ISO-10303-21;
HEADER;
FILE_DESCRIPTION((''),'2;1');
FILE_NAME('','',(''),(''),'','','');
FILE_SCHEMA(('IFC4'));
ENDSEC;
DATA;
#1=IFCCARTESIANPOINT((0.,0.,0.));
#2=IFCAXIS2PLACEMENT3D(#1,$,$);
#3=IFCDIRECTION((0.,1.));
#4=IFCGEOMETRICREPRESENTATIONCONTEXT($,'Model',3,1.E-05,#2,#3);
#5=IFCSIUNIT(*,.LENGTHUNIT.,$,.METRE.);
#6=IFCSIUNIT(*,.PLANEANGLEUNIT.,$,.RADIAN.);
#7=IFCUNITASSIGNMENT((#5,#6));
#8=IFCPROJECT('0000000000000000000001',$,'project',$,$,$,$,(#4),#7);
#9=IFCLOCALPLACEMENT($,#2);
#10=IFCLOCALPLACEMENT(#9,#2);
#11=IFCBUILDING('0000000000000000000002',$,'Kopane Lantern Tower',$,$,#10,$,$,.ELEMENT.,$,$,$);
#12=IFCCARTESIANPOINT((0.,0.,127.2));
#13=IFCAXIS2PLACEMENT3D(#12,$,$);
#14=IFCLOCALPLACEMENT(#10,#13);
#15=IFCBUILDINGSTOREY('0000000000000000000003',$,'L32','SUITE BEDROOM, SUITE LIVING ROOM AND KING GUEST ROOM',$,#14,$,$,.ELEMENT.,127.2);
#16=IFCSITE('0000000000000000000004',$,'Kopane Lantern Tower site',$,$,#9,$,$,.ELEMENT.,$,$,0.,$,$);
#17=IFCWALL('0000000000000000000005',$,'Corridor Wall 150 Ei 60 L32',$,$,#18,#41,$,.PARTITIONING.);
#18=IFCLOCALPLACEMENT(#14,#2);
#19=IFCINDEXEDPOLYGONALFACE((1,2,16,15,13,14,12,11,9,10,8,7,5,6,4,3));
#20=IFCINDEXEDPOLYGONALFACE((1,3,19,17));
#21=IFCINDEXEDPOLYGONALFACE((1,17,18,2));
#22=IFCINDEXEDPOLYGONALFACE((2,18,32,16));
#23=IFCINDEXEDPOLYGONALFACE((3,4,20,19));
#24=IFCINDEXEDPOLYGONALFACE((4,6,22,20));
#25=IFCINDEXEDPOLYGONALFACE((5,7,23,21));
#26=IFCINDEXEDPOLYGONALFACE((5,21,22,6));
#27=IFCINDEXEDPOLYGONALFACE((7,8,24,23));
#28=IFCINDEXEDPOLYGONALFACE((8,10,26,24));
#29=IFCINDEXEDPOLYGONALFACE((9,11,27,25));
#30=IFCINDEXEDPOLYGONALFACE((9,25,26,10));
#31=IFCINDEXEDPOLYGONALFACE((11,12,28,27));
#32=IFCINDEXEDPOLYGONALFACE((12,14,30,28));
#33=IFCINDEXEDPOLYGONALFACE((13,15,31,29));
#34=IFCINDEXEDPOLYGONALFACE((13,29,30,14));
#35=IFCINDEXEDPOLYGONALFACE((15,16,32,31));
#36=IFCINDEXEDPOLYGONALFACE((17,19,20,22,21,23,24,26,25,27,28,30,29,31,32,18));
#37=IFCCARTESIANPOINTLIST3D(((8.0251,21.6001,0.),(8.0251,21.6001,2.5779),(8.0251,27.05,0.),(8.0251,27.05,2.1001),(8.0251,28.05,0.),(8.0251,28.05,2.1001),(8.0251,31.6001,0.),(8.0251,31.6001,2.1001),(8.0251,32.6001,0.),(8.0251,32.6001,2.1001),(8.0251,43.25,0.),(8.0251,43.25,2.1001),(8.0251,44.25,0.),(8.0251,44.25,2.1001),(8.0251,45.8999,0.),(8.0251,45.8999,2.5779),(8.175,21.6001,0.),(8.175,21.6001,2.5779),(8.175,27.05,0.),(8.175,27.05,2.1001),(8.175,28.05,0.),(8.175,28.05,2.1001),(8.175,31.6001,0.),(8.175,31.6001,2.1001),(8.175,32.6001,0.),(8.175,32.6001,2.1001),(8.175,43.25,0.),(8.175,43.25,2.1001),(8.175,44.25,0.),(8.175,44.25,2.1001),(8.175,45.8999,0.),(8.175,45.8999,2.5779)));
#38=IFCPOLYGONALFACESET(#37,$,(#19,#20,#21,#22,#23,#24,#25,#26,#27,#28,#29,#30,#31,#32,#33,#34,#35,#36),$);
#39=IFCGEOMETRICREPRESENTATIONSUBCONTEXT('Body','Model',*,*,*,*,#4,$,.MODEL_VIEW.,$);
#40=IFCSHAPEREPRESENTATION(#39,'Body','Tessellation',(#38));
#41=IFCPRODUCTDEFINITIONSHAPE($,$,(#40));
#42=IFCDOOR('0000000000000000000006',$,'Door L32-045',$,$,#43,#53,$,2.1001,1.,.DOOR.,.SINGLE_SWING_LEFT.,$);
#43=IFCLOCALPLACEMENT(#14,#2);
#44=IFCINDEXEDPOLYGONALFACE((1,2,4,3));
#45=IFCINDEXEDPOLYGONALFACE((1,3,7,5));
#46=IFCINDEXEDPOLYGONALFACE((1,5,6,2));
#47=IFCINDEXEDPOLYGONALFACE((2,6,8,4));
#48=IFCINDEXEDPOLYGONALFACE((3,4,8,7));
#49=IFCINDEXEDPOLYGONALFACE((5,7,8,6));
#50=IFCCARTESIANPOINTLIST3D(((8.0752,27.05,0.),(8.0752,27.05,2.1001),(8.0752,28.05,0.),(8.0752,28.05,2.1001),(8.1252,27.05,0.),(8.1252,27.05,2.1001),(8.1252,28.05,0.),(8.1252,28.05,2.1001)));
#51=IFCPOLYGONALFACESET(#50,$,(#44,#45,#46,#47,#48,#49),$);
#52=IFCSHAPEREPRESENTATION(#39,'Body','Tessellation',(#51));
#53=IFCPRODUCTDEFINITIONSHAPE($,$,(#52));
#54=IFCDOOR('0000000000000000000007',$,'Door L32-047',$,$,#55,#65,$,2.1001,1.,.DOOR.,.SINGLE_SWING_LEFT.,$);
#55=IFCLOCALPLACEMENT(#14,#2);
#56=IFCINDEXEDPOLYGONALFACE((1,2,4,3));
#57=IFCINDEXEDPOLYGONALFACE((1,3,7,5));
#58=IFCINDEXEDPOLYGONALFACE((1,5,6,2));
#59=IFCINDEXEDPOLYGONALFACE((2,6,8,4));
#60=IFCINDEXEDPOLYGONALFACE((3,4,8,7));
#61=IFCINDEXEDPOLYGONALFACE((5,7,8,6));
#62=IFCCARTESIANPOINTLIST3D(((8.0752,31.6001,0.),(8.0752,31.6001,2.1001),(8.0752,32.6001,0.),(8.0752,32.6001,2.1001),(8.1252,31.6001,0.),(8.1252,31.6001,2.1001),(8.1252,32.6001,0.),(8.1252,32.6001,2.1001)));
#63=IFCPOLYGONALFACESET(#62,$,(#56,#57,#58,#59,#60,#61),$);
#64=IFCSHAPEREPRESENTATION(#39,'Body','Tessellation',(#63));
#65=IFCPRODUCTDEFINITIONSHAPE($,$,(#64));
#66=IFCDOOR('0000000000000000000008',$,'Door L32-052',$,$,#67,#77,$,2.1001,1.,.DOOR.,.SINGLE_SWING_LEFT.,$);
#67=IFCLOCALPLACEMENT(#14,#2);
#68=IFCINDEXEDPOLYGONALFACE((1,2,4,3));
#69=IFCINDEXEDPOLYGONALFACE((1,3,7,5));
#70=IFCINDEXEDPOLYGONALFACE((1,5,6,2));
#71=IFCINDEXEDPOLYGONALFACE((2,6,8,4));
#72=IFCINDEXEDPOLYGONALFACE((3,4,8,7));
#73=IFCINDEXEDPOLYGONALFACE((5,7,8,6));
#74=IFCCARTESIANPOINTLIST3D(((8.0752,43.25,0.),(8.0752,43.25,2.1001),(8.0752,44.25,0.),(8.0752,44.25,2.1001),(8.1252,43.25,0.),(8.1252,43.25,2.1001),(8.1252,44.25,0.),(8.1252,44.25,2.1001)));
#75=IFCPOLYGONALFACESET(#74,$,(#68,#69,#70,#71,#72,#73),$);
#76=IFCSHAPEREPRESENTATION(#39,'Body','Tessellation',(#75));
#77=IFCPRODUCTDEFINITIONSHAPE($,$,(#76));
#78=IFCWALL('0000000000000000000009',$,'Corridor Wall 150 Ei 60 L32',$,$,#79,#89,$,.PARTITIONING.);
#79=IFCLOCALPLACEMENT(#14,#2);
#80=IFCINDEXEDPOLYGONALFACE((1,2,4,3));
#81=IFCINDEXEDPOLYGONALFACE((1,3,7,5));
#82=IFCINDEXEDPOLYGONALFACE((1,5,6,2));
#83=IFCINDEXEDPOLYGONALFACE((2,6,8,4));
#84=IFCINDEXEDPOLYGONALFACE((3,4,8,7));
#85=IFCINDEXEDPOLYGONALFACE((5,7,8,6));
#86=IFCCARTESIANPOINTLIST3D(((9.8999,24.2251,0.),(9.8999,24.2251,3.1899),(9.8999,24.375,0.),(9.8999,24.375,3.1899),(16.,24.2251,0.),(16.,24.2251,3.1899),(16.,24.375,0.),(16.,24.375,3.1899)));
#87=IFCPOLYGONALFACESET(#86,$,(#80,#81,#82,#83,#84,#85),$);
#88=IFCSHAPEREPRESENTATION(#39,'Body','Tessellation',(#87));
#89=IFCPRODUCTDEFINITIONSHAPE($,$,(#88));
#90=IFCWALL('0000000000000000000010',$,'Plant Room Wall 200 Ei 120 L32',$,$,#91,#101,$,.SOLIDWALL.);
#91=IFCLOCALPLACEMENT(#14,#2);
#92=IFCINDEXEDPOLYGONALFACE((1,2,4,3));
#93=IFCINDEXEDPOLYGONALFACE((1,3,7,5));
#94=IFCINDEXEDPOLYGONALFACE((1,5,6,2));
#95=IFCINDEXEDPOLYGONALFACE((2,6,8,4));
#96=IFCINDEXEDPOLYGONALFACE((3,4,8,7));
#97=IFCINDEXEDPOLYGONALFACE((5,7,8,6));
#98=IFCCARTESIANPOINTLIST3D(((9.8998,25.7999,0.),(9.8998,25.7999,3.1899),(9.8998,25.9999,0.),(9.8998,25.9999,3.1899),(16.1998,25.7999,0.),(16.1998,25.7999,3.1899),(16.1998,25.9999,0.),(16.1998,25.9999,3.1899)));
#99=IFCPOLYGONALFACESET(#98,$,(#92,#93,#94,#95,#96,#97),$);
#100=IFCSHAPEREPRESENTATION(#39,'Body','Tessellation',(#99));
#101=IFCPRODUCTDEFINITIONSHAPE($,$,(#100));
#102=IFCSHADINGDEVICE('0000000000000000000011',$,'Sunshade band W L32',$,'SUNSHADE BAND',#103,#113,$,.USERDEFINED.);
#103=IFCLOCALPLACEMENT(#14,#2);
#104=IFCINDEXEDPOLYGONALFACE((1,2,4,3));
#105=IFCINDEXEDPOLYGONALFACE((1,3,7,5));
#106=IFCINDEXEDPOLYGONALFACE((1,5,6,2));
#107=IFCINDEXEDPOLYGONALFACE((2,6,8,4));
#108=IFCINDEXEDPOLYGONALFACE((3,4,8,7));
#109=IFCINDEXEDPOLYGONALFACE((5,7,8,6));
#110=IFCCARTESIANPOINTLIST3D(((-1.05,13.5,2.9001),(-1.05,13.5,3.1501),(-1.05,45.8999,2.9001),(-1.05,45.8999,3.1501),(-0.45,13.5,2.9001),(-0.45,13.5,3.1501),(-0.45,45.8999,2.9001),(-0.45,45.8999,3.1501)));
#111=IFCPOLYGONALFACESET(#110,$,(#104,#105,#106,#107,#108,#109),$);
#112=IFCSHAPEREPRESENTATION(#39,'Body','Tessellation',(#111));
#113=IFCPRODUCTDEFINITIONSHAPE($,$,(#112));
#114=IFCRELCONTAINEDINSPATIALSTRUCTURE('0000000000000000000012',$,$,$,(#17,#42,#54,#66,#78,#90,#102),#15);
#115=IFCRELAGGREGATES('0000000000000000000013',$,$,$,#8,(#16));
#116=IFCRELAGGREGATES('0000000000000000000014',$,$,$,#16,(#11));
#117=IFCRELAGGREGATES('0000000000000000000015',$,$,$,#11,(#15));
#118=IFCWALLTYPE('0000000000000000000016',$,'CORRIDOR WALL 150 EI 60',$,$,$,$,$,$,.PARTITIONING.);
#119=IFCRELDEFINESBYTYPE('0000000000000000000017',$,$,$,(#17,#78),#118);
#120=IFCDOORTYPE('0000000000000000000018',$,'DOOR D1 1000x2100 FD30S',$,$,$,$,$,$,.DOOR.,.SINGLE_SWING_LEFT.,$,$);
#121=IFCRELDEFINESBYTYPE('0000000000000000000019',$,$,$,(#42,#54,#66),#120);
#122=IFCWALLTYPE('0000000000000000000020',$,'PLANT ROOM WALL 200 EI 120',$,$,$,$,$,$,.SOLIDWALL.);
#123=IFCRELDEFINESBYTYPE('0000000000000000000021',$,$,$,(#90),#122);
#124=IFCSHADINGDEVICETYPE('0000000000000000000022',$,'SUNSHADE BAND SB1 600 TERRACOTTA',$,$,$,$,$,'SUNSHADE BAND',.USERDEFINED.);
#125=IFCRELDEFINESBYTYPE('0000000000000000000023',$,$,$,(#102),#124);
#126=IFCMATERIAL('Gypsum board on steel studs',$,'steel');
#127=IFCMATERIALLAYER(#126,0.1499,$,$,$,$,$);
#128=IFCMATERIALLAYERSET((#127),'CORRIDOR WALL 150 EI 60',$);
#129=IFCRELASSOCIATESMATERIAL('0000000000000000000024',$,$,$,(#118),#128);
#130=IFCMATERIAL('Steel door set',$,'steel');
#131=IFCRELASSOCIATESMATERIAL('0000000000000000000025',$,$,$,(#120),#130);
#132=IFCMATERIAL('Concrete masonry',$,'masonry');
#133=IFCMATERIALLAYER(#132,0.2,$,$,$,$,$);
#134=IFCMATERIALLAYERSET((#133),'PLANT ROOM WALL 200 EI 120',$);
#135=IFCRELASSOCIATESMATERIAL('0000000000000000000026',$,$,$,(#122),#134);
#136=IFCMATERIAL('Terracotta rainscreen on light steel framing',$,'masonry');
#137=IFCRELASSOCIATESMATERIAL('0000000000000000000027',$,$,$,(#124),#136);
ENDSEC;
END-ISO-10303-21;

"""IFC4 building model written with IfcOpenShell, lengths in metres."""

from ifc_helpers import new_model, si_unit, direction, frame, frame_2d, origin, origin_2d, place, context, subcontext, project, spatial, rectangle, extrude, material, layer, layer_set, type_object, element, fill, save


model = new_model("IFC4")

# Units and contexts
model_context = context("Model", 3, precision=1e-05, world=origin(), true_north=direction((0.0, 1.0)))
body_context = subcontext(model_context, "Body", "Model", "MODEL_VIEW")
ifc_project = project(units=[si_unit("LENGTHUNIT", "METRE"), si_unit("PLANEANGLEUNIT", "RADIAN")], contexts=[model_context])

# Site, building, storey
site_placement = place(None, origin())
site = spatial("IfcSite", under=ifc_project, at=site_placement, Name="Kopane Lantern Tower site", CompositionType="ELEMENT", RefElevation=0.0)
building_placement = place(site_placement, origin())
building = spatial("IfcBuilding", under=site, at=building_placement, Name="Kopane Lantern Tower", CompositionType="ELEMENT")
storey_placement = place(building_placement, frame((0.0, 0.0, 127.2)))
storey = spatial("IfcBuildingStorey", under=building, at=storey_placement, Name="L32", Description="SUITE BEDROOM, SUITE LIVING ROOM AND KING GUEST ROOM", CompositionType="ELEMENT", Elevation=127.2)

# Wall, openings, doors
ifc_material_1 = material(Name="Gypsum board on steel studs", Category="steel")
ifc_layer_1 = layer(ifc_material_1, 0.1499)
ifc_layer_set_1 = layer_set([ifc_layer_1], Name="CORRIDOR WALL 150 EI 60")
wall_type_1 = type_object("IfcWallType", Name="CORRIDOR WALL 150 EI 60", PredefinedType="PARTITIONING", material=ifc_layer_set_1)
ifc_material_2 = material(Name="Steel door set", Category="steel")
door_type_1 = type_object("IfcDoorType", Name="DOOR D1 1000x2100 FD30S", OperationType="SINGLE_SWING_LEFT", PredefinedType="DOOR", material=ifc_material_2)
wall_1_placement = place(storey_placement, frame((8.1001, 21.6001, 0.0), z_axis=(0.0, 0.0, 1.0), x_axis=(0.0, 1.0, 0.0)))
wall_1 = element("IfcWall", 1, at=wall_1_placement, inside=storey, type_object=wall_type_1, Name="Corridor Wall 150 Ei 60 L32", PredefinedType="PARTITIONING", context=body_context, shape_type="SweptSolid", body=[
    extrude(rectangle(XDim=24.2998, YDim=0.1499, at=frame_2d((12.1499, 0.0))), origin(), (0.0, 0.0, 1.0), 2.5779),
])
opening_1_placement = place(wall_1_placement, frame((5.45, 0.0, 0.0)))
opening_1 = element("IfcOpeningElement", 2, at=opening_1_placement, cuts=wall_1, PredefinedType="OPENING", context=body_context, shape_type="SweptSolid", body=[
    extrude(rectangle(XDim=1.0, YDim=2.1001, at=frame_2d((0.5, 1.05))), frame((0.0, 0.085, 0.0), z_axis=(0.0, -1.0, 0.0), x_axis=(1.0, 0.0, 0.0)), (0.0, 0.0, 1.0), 0.1699),
])
opening_2_placement = place(wall_1_placement, frame((10.0, 0.0, 0.0)))
opening_2 = element("IfcOpeningElement", 3, at=opening_2_placement, cuts=wall_1, PredefinedType="OPENING", context=body_context, shape_type="SweptSolid", body=[
    extrude(rectangle(XDim=1.0, YDim=2.1001, at=frame_2d((0.5, 1.05))), frame((0.0, 0.085, 0.0), z_axis=(0.0, -1.0, 0.0), x_axis=(1.0, 0.0, 0.0)), (0.0, 0.0, 1.0), 0.1699),
])
opening_3_placement = place(wall_1_placement, frame((21.6499, 0.0, 0.0)))
opening_3 = element("IfcOpeningElement", 4, at=opening_3_placement, cuts=wall_1, PredefinedType="OPENING", context=body_context, shape_type="SweptSolid", body=[
    extrude(rectangle(XDim=1.0, YDim=2.1001, at=frame_2d((0.5, 1.05))), frame((0.0, 0.085, 0.0), z_axis=(0.0, -1.0, 0.0), x_axis=(1.0, 0.0, 0.0)), (0.0, 0.0, 1.0), 0.1699),
])
door_1_placement = place(opening_1_placement, origin())
door_1 = element("IfcDoor", 5, at=door_1_placement, inside=storey, type_object=door_type_1, Name="Door L32-045", OperationType="SINGLE_SWING_LEFT", OverallHeight=2.1001, OverallWidth=1.0, PredefinedType="DOOR", context=body_context, shape_type="SweptSolid", body=[
    extrude(rectangle(XDim=1.0, YDim=2.1001, at=frame_2d((0.5, 1.05))), frame((0.0, 0.0249, 0.0), z_axis=(0.0, -1.0, 0.0), x_axis=(1.0, 0.0, 0.0)), (0.0, 0.0, 1.0), 0.05),
])
fill(opening_1, door_1)
door_2_placement = place(opening_2_placement, origin())
door_2 = element("IfcDoor", 6, at=door_2_placement, inside=storey, type_object=door_type_1, Name="Door L32-047", OperationType="SINGLE_SWING_LEFT", OverallHeight=2.1001, OverallWidth=1.0, PredefinedType="DOOR", context=body_context, shape_type="SweptSolid", body=[
    extrude(rectangle(XDim=1.0, YDim=2.1001, at=frame_2d((0.5, 1.05))), frame((0.0, 0.0249, 0.0), z_axis=(0.0, -1.0, 0.0), x_axis=(1.0, 0.0, 0.0)), (0.0, 0.0, 1.0), 0.05),
])
fill(opening_2, door_2)
door_3_placement = place(opening_3_placement, origin())
door_3 = element("IfcDoor", 7, at=door_3_placement, inside=storey, type_object=door_type_1, Name="Door L32-052", OperationType="SINGLE_SWING_LEFT", OverallHeight=2.1001, OverallWidth=1.0, PredefinedType="DOOR", context=body_context, shape_type="SweptSolid", body=[
    extrude(rectangle(XDim=1.0, YDim=2.1001, at=frame_2d((0.5, 1.05))), frame((0.0, 0.0249, 0.0), z_axis=(0.0, -1.0, 0.0), x_axis=(1.0, 0.0, 0.0)), (0.0, 0.0, 1.0), 0.05),
])
fill(opening_3, door_3)

# Walls
wall_2_placement = place(storey_placement, frame((9.8999, 24.3, 0.0), z_axis=(0.0, 0.0, 1.0), x_axis=(1.0, 0.0, 0.0)))
element("IfcWall", 8, at=wall_2_placement, inside=storey, type_object=wall_type_1, Name="Corridor Wall 150 Ei 60 L32", PredefinedType="PARTITIONING", context=body_context, shape_type="SweptSolid", body=[
    extrude(rectangle(XDim=6.1001, YDim=0.1499, at=frame_2d((3.05, 0.0))), origin(), (0.0, 0.0, 1.0), 3.1899),
])
ifc_material_3 = material(Name="Concrete masonry", Category="masonry")
ifc_layer_2 = layer(ifc_material_3, 0.2)
ifc_layer_set_2 = layer_set([ifc_layer_2], Name="PLANT ROOM WALL 200 EI 120")
wall_type_2 = type_object("IfcWallType", Name="PLANT ROOM WALL 200 EI 120", PredefinedType="SOLIDWALL", material=ifc_layer_set_2)
wall_3_placement = place(storey_placement, frame((9.8999, 25.8999, 0.0), z_axis=(0.0, 0.0, 1.0), x_axis=(1.0, 0.0, 0.0)))
element("IfcWall", 9, at=wall_3_placement, inside=storey, type_object=wall_type_2, Name="Plant Room Wall 200 Ei 120 L32", PredefinedType="SOLIDWALL", context=body_context, shape_type="SweptSolid", body=[
    extrude(rectangle(XDim=6.3, YDim=0.2, at=frame_2d((3.1499, 0.0))), origin(), (0.0, 0.0, 1.0), 3.1899),
])

# Shading device
ifc_material_4 = material(Name="Terracotta rainscreen on light steel framing", Category="masonry")
shading_device_type = type_object("IfcShadingDeviceType", Name="SUNSHADE BAND SB1 600 TERRACOTTA", ElementType="SUNSHADE BAND", PredefinedType="USERDEFINED", material=ifc_material_4)
shading_device_placement = place(storey_placement, frame((-0.75, 29.7, 2.9001), z_axis=(0.0, 0.0, 1.0), x_axis=(0.0, -1.0, 0.0)))
element("IfcShadingDevice", 10, at=shading_device_placement, inside=storey, type_object=shading_device_type, Name="Sunshade band W L32", ObjectType="SUNSHADE BAND", PredefinedType="USERDEFINED", context=body_context, shape_type="SweptSolid", body=[
    extrude(rectangle(XDim=32.3999, YDim=0.6001, at=origin_2d()), origin(), (0.0, 0.0, 1.0), 0.25),
])

save(model, "model.ifc")
